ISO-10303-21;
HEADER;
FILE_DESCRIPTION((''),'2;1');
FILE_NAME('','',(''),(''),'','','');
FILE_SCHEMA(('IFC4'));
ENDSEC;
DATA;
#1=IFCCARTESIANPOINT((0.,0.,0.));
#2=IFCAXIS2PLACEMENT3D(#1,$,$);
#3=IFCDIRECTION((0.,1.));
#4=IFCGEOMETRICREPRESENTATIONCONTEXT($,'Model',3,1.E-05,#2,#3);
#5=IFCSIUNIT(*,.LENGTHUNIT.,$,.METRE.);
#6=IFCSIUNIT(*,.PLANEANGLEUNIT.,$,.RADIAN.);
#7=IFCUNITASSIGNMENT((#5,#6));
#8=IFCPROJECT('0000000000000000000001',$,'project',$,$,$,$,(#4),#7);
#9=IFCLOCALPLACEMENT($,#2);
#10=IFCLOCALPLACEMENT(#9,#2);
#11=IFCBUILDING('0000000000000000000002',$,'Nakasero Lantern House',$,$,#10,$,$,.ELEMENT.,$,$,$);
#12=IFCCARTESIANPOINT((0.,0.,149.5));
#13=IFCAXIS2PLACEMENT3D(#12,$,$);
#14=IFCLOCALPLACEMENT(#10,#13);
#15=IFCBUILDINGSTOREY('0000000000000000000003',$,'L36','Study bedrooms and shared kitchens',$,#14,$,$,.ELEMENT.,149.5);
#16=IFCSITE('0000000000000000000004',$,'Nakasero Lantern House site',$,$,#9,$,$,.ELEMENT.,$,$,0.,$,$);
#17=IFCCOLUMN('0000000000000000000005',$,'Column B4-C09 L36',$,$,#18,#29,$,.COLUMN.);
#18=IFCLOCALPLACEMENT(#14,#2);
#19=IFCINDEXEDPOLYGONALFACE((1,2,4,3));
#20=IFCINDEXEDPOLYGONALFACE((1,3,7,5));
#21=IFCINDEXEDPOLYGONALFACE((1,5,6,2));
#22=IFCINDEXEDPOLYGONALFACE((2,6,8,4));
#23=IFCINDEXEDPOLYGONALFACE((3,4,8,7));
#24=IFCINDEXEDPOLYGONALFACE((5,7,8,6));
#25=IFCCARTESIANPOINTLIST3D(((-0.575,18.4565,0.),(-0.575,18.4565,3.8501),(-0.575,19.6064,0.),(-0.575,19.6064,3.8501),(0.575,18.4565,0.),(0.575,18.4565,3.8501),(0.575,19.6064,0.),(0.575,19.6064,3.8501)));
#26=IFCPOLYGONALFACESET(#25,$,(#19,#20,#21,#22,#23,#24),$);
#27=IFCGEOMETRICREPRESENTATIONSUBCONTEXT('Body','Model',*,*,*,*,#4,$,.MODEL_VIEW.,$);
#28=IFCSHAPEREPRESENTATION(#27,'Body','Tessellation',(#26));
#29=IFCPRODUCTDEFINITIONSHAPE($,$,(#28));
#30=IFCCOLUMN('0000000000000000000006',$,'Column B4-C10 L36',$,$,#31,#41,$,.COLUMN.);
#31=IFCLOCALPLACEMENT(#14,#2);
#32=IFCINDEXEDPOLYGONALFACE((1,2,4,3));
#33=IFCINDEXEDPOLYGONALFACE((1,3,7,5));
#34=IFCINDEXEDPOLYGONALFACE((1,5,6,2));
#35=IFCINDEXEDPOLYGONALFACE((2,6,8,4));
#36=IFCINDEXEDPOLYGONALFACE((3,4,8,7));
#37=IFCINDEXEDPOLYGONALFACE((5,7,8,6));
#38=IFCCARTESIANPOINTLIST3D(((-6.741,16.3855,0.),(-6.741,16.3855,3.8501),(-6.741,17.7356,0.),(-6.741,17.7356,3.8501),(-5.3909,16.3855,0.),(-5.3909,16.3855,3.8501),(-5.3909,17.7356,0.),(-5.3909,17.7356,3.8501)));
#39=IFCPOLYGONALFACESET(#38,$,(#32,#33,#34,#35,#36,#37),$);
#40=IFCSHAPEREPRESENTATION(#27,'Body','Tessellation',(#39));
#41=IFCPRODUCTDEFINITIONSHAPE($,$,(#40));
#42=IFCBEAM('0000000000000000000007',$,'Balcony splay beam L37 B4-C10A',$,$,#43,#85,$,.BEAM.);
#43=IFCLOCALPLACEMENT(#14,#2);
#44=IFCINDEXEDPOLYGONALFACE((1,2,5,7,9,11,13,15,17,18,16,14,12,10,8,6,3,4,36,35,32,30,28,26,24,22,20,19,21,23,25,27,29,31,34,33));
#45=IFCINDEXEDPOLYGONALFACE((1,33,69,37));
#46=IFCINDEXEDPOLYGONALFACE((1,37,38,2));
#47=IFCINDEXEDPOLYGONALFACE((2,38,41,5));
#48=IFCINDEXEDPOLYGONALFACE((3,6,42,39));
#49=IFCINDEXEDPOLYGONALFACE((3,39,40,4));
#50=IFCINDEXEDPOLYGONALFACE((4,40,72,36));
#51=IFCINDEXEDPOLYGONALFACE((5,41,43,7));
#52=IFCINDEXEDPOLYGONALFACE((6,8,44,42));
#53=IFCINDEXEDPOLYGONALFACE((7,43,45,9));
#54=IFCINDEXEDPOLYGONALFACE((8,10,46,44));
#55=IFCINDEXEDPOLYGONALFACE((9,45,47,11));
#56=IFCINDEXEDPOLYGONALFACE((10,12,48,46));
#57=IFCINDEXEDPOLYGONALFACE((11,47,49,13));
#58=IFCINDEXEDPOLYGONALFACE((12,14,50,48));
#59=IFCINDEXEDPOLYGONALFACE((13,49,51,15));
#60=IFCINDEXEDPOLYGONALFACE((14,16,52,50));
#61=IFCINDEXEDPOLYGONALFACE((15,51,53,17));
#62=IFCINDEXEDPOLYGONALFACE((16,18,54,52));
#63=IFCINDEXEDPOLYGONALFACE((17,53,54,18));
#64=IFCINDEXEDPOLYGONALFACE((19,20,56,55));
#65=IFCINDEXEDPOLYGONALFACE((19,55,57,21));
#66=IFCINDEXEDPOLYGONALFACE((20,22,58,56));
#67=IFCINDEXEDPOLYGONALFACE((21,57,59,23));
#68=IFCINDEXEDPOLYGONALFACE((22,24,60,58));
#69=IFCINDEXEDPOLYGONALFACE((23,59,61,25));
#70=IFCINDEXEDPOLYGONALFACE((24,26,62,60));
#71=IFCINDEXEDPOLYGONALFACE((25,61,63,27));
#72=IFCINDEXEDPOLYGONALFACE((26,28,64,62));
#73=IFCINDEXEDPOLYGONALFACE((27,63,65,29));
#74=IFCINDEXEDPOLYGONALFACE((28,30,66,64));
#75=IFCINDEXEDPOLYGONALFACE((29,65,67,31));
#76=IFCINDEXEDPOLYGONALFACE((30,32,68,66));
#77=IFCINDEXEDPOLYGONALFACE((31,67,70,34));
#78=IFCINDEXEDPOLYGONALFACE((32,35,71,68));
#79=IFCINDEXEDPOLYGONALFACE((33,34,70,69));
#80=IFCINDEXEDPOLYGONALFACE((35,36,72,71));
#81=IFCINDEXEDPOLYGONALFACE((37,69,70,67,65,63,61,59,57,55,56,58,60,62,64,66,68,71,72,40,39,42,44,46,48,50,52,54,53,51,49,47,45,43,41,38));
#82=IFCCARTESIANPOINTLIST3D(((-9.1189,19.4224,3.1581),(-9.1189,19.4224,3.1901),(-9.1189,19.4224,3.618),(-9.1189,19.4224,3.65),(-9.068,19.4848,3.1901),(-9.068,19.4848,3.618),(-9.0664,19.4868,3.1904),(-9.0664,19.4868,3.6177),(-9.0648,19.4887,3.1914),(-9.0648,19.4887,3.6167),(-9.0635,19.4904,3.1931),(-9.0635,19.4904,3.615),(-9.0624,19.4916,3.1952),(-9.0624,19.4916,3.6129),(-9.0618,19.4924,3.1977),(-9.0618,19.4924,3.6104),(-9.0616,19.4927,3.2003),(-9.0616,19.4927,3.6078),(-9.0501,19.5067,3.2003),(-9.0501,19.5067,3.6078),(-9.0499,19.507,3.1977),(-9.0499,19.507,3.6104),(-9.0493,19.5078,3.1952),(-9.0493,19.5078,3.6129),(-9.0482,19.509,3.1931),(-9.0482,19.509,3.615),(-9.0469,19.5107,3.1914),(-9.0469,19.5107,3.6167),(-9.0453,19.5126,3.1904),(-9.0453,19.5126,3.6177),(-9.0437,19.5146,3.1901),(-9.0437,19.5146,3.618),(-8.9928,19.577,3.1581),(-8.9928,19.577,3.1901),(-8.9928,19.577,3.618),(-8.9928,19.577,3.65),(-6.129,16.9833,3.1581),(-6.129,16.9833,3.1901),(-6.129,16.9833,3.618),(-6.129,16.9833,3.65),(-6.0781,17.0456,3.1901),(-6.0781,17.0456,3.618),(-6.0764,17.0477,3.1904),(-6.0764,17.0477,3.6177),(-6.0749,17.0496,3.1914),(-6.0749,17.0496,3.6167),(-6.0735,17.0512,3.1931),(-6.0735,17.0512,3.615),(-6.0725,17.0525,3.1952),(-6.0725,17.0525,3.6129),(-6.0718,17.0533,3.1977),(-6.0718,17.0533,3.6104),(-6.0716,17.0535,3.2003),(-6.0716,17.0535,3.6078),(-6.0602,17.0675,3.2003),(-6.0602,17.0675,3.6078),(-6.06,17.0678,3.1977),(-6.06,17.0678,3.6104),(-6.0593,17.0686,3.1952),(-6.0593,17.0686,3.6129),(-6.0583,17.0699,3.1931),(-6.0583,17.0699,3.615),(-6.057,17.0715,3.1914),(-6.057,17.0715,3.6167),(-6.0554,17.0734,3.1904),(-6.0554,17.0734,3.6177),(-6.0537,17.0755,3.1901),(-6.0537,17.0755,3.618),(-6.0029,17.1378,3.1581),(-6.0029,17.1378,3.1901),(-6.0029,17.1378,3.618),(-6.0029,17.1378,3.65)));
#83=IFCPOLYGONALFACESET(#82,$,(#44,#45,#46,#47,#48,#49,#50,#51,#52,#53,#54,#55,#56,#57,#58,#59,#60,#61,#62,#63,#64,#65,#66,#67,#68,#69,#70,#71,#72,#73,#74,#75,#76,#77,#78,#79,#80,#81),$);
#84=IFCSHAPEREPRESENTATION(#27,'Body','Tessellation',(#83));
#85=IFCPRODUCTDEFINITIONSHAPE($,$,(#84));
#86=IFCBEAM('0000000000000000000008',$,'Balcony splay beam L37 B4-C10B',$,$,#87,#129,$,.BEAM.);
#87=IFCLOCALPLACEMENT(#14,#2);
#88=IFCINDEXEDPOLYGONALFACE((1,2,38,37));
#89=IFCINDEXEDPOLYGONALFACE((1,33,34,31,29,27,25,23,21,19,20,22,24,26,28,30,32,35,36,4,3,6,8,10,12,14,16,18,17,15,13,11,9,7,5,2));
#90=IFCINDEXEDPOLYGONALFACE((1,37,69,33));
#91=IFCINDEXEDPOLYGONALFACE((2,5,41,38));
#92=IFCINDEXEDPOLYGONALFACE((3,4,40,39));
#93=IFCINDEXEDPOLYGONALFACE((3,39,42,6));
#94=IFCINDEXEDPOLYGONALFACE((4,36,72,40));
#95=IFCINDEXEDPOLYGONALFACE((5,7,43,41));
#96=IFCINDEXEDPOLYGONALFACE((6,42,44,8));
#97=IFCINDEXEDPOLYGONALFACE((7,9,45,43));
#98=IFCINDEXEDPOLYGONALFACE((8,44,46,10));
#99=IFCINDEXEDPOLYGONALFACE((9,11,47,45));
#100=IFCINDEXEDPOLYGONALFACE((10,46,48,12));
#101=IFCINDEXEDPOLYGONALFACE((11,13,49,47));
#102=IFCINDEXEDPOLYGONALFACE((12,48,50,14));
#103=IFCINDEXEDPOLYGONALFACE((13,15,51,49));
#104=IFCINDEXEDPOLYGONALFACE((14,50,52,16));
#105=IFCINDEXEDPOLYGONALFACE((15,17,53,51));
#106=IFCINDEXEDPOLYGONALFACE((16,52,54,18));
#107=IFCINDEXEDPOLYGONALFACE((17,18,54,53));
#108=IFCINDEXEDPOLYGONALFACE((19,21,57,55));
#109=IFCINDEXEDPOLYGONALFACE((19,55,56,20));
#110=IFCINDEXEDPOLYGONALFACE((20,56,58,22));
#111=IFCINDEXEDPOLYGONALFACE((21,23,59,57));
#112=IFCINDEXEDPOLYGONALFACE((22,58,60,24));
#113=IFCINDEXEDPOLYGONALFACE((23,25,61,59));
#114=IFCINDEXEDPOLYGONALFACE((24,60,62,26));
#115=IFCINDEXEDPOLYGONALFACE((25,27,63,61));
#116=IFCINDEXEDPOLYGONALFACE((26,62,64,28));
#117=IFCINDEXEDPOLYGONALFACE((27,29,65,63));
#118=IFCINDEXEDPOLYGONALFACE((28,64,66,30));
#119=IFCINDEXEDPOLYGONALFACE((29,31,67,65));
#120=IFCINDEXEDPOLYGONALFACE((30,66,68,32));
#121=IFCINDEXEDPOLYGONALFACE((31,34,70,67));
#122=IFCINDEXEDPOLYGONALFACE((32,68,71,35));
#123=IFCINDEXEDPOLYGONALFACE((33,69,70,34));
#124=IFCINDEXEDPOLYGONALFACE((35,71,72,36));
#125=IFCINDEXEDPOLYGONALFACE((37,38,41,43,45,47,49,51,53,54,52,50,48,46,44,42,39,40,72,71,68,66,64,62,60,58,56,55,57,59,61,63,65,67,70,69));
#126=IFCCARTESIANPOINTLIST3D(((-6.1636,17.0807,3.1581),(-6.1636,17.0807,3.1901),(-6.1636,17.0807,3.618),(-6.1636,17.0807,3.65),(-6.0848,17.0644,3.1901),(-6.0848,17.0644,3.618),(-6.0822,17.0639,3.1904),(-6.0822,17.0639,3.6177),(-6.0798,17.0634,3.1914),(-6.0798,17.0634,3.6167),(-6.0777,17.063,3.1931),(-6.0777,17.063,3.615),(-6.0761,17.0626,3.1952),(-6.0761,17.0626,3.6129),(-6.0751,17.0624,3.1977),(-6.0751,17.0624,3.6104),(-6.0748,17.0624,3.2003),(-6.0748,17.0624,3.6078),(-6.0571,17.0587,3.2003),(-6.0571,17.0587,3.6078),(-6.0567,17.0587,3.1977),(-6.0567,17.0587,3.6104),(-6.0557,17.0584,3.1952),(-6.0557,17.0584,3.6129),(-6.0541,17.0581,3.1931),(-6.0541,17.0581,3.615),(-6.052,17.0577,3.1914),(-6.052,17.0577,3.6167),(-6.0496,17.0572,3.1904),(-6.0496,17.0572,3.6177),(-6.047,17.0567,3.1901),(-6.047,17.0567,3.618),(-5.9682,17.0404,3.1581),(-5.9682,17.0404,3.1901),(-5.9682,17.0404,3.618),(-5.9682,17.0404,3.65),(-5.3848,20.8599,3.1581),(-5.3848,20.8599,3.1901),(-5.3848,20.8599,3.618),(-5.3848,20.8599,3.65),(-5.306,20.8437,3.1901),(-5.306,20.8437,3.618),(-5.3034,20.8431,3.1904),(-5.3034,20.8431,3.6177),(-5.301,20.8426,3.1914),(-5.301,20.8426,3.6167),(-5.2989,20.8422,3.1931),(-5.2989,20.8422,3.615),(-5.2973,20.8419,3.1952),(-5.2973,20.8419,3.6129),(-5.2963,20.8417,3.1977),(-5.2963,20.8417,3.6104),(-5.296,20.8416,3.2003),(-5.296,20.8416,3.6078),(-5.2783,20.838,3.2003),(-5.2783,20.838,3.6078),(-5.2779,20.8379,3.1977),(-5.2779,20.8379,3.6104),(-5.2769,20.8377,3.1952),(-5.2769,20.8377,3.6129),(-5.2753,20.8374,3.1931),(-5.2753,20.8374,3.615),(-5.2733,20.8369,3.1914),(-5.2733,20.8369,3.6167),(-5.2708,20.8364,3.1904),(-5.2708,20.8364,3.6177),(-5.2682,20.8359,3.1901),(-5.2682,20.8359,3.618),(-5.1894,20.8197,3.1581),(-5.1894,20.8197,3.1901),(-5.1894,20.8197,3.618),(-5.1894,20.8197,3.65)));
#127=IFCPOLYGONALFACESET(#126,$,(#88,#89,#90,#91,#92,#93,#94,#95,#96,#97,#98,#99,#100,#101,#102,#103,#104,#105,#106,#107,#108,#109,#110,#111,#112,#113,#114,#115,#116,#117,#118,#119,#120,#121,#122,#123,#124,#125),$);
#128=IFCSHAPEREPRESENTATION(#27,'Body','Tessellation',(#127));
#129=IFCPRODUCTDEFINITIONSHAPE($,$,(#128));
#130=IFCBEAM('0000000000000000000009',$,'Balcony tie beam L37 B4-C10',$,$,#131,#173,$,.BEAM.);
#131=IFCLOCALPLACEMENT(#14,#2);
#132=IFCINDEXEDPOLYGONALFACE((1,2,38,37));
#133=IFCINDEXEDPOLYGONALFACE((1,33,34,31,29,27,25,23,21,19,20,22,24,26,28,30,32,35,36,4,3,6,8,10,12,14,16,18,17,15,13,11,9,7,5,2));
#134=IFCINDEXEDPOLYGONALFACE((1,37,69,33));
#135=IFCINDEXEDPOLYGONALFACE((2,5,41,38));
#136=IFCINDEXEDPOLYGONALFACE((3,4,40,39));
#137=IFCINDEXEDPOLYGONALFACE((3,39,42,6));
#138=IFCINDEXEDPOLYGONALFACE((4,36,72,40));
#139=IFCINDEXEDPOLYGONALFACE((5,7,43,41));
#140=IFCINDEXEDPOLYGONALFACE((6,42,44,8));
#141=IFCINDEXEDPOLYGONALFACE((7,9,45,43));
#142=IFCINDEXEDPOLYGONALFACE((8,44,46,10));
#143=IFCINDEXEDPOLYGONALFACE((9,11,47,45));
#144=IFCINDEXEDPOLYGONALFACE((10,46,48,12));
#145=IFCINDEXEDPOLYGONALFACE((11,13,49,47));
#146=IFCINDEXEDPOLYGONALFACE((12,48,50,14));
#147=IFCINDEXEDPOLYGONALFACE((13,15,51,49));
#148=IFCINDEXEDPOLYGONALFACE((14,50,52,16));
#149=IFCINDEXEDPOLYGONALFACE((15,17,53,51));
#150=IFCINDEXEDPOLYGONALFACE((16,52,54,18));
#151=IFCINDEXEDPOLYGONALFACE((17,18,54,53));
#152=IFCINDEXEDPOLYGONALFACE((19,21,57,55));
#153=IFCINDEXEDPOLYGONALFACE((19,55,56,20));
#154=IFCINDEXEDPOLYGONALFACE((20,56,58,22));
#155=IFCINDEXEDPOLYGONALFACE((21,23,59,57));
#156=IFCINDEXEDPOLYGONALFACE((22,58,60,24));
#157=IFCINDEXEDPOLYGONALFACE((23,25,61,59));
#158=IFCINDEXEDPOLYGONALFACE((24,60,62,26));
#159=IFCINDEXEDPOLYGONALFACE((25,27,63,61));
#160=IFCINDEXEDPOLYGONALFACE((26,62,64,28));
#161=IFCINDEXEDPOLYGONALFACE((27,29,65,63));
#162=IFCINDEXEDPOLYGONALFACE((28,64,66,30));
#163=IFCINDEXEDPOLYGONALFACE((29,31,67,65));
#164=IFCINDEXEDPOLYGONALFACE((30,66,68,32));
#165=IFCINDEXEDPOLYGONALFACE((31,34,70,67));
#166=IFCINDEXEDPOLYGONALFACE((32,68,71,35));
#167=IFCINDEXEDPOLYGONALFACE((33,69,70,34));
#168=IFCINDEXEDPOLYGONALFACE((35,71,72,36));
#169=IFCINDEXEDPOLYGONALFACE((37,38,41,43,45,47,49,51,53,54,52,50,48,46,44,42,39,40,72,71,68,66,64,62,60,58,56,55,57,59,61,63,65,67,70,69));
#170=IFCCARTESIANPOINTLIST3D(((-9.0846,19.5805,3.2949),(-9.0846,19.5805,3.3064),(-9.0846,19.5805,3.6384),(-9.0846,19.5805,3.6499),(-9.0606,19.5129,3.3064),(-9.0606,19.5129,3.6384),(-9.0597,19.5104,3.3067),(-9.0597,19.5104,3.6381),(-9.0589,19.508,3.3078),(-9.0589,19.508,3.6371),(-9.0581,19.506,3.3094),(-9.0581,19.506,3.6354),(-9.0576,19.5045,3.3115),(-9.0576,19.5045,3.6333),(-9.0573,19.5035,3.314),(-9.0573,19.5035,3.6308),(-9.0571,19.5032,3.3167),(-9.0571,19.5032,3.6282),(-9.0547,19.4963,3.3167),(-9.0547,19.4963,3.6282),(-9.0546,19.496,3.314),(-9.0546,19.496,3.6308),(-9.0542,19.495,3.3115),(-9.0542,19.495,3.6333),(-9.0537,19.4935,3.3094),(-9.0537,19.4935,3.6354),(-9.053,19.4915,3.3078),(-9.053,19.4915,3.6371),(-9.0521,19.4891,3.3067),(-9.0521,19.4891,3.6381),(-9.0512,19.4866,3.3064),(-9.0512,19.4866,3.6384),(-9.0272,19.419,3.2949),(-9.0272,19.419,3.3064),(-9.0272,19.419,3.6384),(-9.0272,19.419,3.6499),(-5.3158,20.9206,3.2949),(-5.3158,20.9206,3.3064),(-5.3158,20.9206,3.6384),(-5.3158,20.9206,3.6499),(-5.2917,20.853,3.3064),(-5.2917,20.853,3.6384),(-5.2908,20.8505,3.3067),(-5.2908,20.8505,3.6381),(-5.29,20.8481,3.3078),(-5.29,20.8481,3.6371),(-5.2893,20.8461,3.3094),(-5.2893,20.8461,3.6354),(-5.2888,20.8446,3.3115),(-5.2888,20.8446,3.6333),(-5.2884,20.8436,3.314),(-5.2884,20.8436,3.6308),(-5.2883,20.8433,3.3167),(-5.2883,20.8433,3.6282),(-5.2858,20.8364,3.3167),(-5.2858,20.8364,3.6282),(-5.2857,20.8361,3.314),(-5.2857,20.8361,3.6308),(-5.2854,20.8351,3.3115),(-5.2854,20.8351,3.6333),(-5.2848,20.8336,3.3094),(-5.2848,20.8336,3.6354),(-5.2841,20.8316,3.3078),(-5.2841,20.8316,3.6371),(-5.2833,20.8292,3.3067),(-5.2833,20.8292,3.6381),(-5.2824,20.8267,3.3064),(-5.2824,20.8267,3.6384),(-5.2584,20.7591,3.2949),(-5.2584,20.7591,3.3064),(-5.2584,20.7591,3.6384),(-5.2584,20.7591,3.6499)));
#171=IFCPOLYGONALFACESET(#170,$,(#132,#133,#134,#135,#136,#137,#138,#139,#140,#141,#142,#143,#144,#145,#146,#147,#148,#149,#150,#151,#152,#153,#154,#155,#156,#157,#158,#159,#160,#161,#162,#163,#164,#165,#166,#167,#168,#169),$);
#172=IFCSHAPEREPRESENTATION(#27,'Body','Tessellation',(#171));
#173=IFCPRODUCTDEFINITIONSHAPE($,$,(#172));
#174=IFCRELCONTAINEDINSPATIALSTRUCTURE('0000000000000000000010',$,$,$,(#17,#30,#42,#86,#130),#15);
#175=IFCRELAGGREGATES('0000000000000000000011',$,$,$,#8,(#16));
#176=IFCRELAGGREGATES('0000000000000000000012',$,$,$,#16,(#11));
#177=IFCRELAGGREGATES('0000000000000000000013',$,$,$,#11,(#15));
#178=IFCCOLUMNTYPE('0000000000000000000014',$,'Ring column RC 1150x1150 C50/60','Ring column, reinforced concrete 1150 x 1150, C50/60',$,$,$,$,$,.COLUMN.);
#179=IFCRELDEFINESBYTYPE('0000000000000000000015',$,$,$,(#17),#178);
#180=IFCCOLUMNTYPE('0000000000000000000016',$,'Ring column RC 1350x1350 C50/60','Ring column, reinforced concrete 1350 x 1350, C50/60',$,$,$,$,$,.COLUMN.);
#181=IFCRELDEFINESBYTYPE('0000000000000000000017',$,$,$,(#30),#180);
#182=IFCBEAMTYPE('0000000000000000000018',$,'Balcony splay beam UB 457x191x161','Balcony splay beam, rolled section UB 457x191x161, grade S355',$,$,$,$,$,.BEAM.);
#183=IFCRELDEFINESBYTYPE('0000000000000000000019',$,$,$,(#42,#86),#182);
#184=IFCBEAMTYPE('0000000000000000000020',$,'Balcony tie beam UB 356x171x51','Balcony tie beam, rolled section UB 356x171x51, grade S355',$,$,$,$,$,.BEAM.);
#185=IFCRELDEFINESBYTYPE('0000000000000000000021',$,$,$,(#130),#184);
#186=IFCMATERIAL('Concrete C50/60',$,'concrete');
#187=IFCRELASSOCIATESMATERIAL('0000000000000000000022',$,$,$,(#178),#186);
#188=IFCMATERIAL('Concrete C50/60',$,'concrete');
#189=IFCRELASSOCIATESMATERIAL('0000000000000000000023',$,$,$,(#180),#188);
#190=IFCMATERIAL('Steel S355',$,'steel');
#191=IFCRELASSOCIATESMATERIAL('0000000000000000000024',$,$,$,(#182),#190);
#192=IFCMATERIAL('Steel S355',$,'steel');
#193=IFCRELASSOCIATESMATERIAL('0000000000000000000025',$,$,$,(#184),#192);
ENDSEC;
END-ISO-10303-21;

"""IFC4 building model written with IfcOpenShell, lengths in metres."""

from ifc_helpers import new_model, si_unit, direction, frame, origin, origin_2d, place, context, subcontext, project, spatial, rectangle, i_section, extrude, material, material_profile, profile_set, type_object, element, save


model = new_model("IFC4")

# Units and contexts
model_context = context("Model", 3, precision=1e-05, world=origin(), true_north=direction((0.0, 1.0)))
body_context = subcontext(model_context, "Body", "Model", "MODEL_VIEW")
ifc_project = project(units=[si_unit("LENGTHUNIT", "METRE"), si_unit("PLANEANGLEUNIT", "RADIAN")], contexts=[model_context])

# Site, building, storey
site_placement = place(None, origin())
site = spatial("IfcSite", under=ifc_project, at=site_placement, Name="Nakasero Lantern House site", CompositionType="ELEMENT", RefElevation=0.0)
building_placement = place(site_placement, origin())
building = spatial("IfcBuilding", under=site, at=building_placement, Name="Nakasero Lantern House", CompositionType="ELEMENT")
storey_placement = place(building_placement, frame((0.0, 0.0, 149.5)))
storey = spatial("IfcBuildingStorey", under=building, at=storey_placement, Name="L36", Description="Study bedrooms and shared kitchens", CompositionType="ELEMENT", Elevation=149.5)

# Columns
ifc_material_1 = material(Name="Concrete C50/60", Category="concrete")
ifc_material_profile_1 = material_profile(ifc_material_1, rectangle(XDim=1.1499, YDim=1.1499, at=origin_2d()), Name="RC 1150x1150")
ifc_profile_set_1 = profile_set([ifc_material_profile_1], Name="Concrete C50/60")
column_type_1 = type_object("IfcColumnType", Name="Ring column RC 1150x1150 C50/60", Description="Ring column, reinforced concrete 1150 x 1150, C50/60", PredefinedType="COLUMN", material=ifc_profile_set_1)
column_1_placement = place(storey_placement, frame((0.0, 19.0315, 0.0), z_axis=(0.0, 0.0, 1.0), x_axis=(1.0, 0.0, 0.0)))
element("IfcColumn", 1, at=column_1_placement, inside=storey, type_object=column_type_1, Name="Column B4-C09 L36", PredefinedType="COLUMN", context=body_context, shape_type="SweptSolid", body=[
    extrude(rectangle(XDim=1.1499, YDim=1.1499, at=origin_2d()), origin(), (0.0, 0.0, 1.0), 3.8501),
])
ifc_material_2 = material(Name="Concrete C50/60", Category="concrete")
ifc_material_profile_2 = material_profile(ifc_material_2, rectangle(XDim=1.3501, YDim=1.3501, at=origin_2d()), Name="RC 1350x1350")
ifc_profile_set_2 = profile_set([ifc_material_profile_2], Name="Concrete C50/60")
column_type_2 = type_object("IfcColumnType", Name="Ring column RC 1350x1350 C50/60", Description="Ring column, reinforced concrete 1350 x 1350, C50/60", PredefinedType="COLUMN", material=ifc_profile_set_2)
column_2_placement = place(storey_placement, frame((-6.0659, 17.0605, 0.0), z_axis=(0.0, 0.0, 1.0), x_axis=(1.0, 0.0, 0.0)))
element("IfcColumn", 2, at=column_2_placement, inside=storey, type_object=column_type_2, Name="Column B4-C10 L36", PredefinedType="COLUMN", context=body_context, shape_type="SweptSolid", body=[
    extrude(rectangle(XDim=1.3501, YDim=1.3501, at=origin_2d()), origin(), (0.0, 0.0, 1.0), 3.8501),
])

# Beams
ifc_material_3 = material(Name="Steel S355", Category="steel")
ifc_material_profile_3 = material_profile(ifc_material_3, i_section(OverallWidth=0.1995, OverallDepth=0.4919, WebThickness=0.0181, FlangeThickness=0.032, FilletRadius=0.0103, at=origin_2d()), Name="UB 457x191x161")
ifc_profile_set_3 = profile_set([ifc_material_profile_3], Name="Steel S355")
beam_type_1 = type_object("IfcBeamType", Name="Balcony splay beam UB 457x191x161", Description="Balcony splay beam, rolled section UB 457x191x161, grade S355", PredefinedType="BEAM", material=ifc_profile_set_3)
for number, where, z_axis, x_axis, name in (
    (3, (-6.0659, 17.0605, 3.4041), (-0.774864, 0.632128, 0.0), (-0.632128, -0.774864, 0.0), "Balcony splay beam L37 B4-C10A"),
    (4, (-6.0659, 17.0605, 3.4041), (0.201831, 0.97942, 0.0), (-0.97942, 0.201831, 0.0), "Balcony splay beam L37 B4-C10B"),
):
    element("IfcBeam", number, at=place(storey_placement, frame(where, z_axis=z_axis, x_axis=x_axis)), inside=storey, type_object=beam_type_1, Name=name, PredefinedType="BEAM", context=body_context, shape_type="SweptSolid", body=[
        extrude(i_section(OverallWidth=0.1995, OverallDepth=0.4919, WebThickness=0.0181, FlangeThickness=0.032, FilletRadius=0.0103, at=origin_2d()), origin(), (0.0, 0.0, 1.0), 3.8586),
    ])
ifc_material_4 = material(Name="Steel S355", Category="steel")
ifc_material_profile_4 = material_profile(ifc_material_4, i_section(OverallWidth=0.1714, OverallDepth=0.355, WebThickness=0.0073, FlangeThickness=0.0115, FilletRadius=0.0103, at=origin_2d()), Name="UB 356x171x51")
ifc_profile_set_4 = profile_set([ifc_material_profile_4], Name="Steel S355")
beam_type_2 = type_object("IfcBeamType", Name="Balcony tie beam UB 356x171x51", Description="Balcony tie beam, rolled section UB 356x171x51, grade S355", PredefinedType="BEAM", material=ifc_profile_set_4)
beam_1_placement = place(storey_placement, frame((-9.0559, 19.4998, 3.4724), z_axis=(0.942209, 0.335025, 0.0), x_axis=(-0.335025, 0.942209, 0.0)))
element("IfcBeam", 5, at=beam_1_placement, inside=storey, type_object=beam_type_2, Name="Balcony tie beam L37 B4-C10", PredefinedType="BEAM", context=body_context, shape_type="SweptSolid", body=[
    extrude(i_section(OverallWidth=0.1714, OverallDepth=0.355, WebThickness=0.0073, FlangeThickness=0.0115, FilletRadius=0.0103, at=origin_2d()), origin(), (0.0, 0.0, 1.0), 4.0),
])

save(model, "model.ifc")
